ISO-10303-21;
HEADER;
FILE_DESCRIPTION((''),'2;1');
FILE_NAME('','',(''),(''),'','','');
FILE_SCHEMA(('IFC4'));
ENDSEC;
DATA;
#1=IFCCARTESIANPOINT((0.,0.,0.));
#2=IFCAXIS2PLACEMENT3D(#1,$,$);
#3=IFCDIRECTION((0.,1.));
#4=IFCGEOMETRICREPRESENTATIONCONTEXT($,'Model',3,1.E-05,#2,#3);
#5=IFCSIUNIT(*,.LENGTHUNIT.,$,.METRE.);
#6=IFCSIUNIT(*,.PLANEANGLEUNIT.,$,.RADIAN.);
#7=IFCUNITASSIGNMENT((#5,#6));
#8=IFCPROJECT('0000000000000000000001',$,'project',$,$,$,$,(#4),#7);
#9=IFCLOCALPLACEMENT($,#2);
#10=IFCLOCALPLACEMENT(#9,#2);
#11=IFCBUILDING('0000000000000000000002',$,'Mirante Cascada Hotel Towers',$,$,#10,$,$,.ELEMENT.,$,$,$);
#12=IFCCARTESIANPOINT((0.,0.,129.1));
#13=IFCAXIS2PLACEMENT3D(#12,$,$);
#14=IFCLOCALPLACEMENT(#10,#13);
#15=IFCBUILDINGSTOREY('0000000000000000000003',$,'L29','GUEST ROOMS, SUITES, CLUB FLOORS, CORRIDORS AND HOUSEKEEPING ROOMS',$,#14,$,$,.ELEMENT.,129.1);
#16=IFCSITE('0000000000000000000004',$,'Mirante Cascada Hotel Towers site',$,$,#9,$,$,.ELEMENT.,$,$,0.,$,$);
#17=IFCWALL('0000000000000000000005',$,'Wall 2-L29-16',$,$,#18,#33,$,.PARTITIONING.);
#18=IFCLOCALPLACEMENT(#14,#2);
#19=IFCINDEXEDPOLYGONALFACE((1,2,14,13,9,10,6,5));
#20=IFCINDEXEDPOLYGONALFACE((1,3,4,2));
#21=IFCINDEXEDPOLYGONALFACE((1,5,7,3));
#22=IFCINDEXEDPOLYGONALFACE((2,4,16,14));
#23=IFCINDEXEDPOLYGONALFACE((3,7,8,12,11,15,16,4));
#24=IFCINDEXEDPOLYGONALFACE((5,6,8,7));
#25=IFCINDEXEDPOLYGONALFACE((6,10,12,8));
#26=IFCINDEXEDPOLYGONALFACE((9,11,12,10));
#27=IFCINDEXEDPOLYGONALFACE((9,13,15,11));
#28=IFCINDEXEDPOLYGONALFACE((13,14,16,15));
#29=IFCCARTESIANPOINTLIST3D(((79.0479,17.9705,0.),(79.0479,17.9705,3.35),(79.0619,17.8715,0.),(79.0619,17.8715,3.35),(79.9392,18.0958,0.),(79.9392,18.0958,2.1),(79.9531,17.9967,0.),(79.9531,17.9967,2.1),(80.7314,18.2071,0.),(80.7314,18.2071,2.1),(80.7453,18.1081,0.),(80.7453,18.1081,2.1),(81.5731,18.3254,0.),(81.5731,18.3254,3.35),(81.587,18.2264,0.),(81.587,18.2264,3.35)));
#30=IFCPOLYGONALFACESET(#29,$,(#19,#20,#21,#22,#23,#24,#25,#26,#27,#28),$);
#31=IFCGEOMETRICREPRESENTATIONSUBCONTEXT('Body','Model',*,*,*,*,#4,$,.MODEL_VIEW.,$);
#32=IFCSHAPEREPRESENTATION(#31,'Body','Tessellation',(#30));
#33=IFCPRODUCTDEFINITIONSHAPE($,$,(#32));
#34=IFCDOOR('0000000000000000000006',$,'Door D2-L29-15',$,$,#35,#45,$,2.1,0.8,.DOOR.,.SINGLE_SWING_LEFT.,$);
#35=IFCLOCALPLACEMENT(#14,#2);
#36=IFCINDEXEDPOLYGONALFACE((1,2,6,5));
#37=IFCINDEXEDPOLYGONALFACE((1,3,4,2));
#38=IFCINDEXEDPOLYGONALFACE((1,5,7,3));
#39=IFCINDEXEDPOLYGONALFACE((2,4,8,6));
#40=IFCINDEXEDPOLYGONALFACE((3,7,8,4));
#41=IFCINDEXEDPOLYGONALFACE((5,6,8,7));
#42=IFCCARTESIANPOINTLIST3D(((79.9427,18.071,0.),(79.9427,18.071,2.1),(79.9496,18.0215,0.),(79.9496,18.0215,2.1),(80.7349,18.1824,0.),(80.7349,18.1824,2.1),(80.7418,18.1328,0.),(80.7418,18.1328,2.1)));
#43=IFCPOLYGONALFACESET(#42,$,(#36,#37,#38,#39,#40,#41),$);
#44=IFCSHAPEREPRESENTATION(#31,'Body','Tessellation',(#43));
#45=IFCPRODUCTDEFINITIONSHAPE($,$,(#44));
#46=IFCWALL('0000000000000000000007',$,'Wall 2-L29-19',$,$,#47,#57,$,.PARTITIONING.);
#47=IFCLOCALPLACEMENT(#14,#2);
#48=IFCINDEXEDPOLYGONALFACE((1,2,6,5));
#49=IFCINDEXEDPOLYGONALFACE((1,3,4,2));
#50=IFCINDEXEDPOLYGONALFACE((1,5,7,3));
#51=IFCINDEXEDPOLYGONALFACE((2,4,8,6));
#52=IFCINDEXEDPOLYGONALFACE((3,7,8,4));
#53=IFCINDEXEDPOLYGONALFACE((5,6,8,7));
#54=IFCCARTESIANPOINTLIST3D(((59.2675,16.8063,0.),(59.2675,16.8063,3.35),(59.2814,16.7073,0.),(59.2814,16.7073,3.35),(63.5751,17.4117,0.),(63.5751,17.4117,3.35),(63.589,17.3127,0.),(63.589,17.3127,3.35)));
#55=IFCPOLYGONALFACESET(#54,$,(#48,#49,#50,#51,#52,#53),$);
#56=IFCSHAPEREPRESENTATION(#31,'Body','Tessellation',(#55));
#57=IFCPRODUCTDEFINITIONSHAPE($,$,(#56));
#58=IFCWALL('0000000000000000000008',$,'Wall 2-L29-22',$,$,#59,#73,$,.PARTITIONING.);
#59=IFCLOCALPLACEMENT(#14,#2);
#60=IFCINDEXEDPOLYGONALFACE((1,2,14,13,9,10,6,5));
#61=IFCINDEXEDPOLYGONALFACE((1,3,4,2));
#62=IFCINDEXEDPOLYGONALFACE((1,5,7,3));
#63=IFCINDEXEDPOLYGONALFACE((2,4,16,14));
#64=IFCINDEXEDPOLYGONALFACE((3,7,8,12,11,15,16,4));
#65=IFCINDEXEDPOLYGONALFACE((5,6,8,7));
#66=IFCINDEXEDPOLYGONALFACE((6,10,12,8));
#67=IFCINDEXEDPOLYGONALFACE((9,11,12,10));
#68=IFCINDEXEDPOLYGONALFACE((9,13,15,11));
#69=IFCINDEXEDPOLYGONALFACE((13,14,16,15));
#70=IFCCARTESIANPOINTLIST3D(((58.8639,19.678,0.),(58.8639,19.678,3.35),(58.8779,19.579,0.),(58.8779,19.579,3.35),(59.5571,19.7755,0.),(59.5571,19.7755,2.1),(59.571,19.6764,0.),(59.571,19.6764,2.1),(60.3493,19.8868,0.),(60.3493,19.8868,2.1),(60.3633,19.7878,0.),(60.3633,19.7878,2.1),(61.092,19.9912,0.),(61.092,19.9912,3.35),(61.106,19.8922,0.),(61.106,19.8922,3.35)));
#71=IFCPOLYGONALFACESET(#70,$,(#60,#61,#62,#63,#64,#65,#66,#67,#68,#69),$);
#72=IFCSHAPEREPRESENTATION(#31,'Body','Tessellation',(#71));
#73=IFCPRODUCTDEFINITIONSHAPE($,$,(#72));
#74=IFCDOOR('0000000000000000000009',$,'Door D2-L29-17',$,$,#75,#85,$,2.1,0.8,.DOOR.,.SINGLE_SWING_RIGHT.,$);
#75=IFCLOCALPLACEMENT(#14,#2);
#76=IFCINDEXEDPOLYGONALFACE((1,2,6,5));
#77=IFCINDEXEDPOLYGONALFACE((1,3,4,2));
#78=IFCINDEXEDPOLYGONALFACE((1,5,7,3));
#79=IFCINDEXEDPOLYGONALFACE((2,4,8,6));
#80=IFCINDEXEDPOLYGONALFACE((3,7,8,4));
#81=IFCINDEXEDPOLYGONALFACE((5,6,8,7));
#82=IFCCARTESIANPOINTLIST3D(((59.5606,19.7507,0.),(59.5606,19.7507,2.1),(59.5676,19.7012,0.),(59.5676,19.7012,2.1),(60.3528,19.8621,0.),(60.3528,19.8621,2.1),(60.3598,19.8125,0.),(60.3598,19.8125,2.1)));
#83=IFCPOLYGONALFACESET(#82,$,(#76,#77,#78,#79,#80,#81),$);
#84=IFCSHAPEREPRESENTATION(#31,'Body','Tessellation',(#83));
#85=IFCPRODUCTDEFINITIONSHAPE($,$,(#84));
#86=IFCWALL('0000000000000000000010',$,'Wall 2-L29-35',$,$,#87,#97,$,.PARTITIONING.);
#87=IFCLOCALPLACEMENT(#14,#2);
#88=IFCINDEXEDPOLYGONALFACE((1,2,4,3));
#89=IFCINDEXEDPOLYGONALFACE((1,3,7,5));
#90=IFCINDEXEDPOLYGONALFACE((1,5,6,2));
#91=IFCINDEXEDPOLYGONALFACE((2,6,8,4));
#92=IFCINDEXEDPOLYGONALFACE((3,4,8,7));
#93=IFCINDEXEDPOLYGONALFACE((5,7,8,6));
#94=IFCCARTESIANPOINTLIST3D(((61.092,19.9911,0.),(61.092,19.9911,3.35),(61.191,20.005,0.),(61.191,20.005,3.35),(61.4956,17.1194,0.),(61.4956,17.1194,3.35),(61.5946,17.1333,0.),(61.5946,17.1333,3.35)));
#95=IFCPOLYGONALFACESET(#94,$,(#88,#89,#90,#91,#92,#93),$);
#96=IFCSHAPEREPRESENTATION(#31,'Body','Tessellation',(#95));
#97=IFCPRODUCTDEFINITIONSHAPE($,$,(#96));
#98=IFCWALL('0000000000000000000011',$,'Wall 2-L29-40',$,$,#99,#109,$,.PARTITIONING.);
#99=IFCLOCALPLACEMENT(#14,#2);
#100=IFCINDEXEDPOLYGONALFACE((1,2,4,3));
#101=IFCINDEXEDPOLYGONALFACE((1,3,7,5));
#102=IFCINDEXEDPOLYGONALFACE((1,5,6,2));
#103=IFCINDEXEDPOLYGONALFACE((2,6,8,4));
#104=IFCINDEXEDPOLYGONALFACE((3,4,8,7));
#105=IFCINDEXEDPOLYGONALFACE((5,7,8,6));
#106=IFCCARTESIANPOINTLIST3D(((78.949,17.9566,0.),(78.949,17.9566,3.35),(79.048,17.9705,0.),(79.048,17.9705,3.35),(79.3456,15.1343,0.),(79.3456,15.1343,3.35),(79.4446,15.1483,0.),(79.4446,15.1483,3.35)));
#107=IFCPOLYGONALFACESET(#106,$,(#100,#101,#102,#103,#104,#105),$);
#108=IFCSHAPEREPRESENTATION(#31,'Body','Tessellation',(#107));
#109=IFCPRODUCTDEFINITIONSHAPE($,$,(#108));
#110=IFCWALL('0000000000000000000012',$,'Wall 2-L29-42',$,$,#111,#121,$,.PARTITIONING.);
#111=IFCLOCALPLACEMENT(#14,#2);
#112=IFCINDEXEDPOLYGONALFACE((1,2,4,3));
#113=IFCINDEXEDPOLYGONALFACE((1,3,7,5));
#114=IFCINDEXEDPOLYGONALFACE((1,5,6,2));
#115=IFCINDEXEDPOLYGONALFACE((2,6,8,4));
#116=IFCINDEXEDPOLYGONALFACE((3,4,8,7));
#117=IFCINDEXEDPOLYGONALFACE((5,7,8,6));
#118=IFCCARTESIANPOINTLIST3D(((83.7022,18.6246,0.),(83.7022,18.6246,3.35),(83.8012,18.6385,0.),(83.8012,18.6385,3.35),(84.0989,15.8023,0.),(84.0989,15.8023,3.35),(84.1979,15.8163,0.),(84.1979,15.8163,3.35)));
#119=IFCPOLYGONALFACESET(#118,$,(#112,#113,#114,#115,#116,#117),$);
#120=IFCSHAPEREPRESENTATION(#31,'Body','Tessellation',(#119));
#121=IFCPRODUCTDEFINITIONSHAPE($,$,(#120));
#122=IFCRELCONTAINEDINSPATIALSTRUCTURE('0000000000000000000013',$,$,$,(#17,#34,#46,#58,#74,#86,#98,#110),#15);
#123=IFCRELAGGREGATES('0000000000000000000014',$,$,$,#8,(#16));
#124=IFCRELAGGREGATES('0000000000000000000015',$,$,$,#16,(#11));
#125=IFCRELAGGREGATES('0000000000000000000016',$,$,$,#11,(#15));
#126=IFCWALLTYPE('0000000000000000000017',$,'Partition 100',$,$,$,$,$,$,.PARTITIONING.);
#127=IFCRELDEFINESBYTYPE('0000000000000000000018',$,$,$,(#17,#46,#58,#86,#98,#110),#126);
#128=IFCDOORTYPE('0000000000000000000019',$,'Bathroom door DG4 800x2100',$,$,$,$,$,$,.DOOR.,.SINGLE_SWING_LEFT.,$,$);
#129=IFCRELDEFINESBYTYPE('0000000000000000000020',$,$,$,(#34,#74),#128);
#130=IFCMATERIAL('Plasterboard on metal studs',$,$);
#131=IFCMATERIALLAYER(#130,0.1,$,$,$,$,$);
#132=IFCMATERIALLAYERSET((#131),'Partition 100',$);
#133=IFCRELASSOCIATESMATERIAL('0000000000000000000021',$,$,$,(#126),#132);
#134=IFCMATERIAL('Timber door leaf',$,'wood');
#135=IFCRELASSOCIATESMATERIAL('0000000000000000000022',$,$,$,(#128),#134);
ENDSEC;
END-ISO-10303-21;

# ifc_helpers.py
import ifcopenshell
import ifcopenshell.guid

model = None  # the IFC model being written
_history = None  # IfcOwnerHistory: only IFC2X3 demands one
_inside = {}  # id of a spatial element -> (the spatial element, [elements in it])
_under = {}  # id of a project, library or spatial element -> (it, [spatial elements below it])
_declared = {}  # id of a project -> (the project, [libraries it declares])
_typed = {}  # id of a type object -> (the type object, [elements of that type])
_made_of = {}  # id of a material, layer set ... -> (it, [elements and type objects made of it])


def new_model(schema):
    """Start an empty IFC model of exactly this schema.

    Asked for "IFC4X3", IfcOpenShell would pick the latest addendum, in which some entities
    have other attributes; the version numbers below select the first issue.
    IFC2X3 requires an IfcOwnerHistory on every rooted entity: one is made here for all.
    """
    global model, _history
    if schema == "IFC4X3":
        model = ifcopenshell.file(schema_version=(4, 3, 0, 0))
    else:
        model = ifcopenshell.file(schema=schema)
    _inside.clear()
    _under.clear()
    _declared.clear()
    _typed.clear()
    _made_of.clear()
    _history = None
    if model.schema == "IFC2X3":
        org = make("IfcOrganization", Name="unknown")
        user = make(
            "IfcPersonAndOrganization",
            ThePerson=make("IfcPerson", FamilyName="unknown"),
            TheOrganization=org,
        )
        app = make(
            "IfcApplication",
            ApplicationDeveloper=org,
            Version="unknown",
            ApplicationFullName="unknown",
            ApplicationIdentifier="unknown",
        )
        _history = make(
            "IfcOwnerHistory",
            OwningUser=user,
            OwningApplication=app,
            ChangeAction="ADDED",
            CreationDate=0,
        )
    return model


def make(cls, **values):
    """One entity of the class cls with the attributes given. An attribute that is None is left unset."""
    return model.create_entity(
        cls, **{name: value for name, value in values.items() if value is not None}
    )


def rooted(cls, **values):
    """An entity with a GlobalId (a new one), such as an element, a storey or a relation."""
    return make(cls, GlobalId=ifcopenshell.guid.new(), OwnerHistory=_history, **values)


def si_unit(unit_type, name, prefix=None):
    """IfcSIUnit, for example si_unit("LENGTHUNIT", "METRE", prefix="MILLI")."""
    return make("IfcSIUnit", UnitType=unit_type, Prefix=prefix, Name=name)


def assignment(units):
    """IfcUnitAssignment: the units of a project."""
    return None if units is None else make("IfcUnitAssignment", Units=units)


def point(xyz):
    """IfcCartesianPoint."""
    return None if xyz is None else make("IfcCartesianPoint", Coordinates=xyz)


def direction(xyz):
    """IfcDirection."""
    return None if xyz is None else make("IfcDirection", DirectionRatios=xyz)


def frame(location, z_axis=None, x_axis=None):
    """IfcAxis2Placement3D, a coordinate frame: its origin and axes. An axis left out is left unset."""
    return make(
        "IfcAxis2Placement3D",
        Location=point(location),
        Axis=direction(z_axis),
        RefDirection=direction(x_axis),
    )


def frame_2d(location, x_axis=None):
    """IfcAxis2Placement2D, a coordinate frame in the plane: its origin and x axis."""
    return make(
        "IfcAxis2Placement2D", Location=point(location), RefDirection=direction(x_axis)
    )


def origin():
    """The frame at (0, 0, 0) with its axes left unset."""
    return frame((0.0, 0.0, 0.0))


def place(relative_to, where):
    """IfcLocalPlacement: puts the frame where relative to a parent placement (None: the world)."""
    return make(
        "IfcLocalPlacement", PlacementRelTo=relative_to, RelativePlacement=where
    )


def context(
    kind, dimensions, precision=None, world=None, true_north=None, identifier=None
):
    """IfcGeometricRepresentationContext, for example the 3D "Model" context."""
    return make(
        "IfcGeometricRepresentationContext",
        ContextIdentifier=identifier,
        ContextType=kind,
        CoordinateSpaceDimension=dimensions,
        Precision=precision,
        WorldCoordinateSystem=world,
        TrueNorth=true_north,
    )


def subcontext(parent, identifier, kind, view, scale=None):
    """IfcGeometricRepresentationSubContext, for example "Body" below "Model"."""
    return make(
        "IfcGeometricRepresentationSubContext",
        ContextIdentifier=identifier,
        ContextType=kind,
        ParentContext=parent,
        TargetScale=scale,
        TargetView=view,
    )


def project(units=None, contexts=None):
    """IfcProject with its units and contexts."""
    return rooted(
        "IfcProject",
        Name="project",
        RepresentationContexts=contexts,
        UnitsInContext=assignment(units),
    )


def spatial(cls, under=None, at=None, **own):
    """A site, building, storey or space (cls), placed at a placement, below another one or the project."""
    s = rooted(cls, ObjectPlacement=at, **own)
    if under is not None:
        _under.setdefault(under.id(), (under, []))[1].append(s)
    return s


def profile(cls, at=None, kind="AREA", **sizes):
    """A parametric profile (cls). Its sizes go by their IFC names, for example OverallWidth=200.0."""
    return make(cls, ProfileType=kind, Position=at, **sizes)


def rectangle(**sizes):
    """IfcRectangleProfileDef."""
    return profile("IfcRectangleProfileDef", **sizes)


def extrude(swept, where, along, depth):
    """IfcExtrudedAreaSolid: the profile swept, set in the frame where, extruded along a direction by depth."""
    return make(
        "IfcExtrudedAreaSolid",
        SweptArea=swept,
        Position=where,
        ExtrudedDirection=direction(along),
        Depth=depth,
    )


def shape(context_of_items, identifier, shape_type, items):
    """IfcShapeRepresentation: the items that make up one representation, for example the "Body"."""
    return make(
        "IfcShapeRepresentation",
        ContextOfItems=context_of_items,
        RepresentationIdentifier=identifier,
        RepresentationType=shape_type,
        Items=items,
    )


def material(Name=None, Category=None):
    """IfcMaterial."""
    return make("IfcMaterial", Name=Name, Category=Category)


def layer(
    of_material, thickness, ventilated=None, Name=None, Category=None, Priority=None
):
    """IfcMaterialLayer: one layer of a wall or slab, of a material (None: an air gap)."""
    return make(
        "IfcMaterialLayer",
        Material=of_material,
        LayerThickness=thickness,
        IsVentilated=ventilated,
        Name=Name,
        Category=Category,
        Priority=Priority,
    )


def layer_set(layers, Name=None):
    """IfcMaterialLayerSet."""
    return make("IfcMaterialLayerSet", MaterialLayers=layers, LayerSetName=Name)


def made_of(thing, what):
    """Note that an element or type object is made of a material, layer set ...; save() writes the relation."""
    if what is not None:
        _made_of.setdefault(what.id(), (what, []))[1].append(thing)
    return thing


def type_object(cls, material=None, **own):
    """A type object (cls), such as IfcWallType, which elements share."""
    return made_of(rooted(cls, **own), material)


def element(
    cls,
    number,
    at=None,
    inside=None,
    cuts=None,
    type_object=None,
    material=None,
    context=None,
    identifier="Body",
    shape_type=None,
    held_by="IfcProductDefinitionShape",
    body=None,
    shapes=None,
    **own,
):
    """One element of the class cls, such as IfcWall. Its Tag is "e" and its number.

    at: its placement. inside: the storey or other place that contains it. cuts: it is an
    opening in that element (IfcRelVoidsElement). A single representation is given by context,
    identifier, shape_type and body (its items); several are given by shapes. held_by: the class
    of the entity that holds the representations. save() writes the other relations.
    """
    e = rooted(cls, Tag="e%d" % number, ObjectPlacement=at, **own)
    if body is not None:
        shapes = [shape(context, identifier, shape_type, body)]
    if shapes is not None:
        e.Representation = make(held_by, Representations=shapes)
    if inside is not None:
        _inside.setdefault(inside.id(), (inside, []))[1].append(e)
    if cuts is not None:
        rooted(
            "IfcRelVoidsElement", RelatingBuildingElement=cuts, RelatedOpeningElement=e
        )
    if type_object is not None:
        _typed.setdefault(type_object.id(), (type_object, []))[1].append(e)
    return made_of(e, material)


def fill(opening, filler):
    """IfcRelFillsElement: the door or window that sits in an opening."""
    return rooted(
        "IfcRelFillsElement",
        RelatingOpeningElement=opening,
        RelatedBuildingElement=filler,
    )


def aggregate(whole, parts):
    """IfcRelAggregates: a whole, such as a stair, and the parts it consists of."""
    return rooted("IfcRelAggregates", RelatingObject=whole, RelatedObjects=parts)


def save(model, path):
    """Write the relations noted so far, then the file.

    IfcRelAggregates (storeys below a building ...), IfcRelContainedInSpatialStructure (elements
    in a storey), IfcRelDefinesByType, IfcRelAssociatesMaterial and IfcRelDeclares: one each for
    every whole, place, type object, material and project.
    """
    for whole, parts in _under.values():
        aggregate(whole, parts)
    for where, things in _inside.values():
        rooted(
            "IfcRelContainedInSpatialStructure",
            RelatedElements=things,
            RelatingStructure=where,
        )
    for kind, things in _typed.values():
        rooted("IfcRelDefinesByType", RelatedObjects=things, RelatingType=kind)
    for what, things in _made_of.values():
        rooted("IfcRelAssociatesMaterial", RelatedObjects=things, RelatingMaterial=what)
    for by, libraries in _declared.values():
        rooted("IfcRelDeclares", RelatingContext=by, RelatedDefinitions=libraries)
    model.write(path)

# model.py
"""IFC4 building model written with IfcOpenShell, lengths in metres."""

from ifc_helpers import new_model, si_unit, direction, frame, frame_2d, origin, place, context, subcontext, project, spatial, rectangle, extrude, material, layer, layer_set, type_object, element, fill, save


model = new_model("IFC4")

# Units and contexts
model_context = context("Model", 3, precision=1e-05, world=origin(), true_north=direction((0.0, 1.0)))
body_context = subcontext(model_context, "Body", "Model", "MODEL_VIEW")
ifc_project = project(units=[si_unit("LENGTHUNIT", "METRE"), si_unit("PLANEANGLEUNIT", "RADIAN")], contexts=[model_context])

# Site, building, storey
site_placement = place(None, origin())
site = spatial("IfcSite", under=ifc_project, at=site_placement, Name="Mirante Cascada Hotel Towers site", CompositionType="ELEMENT", RefElevation=0.0)
building_placement = place(site_placement, origin())
building = spatial("IfcBuilding", under=site, at=building_placement, Name="Mirante Cascada Hotel Towers", CompositionType="ELEMENT")
storey_placement = place(building_placement, frame((0.0, 0.0, 129.1)))
storey = spatial("IfcBuildingStorey", under=building, at=storey_placement, Name="L29", Description="GUEST ROOMS, SUITES, CLUB FLOORS, CORRIDORS AND HOUSEKEEPING ROOMS", CompositionType="ELEMENT", Elevation=129.1)

# Shared definitions
ifc_material_1 = material(Name="Plasterboard on metal studs")
ifc_layer_1 = layer(ifc_material_1, 0.1)
ifc_layer_set_1 = layer_set([ifc_layer_1], Name="Partition 100")
wall_type_1 = type_object("IfcWallType", Name="Partition 100", PredefinedType="PARTITIONING", material=ifc_layer_set_1)
ifc_material_2 = material(Name="Timber door leaf", Category="wood")
door_type = type_object("IfcDoorType", Name="Bathroom door DG4 800x2100", OperationType="SINGLE_SWING_LEFT", PredefinedType="DOOR", material=ifc_material_2)

# Wall, opening, door
wall_1_placement = place(storey_placement, frame((79.0549, 17.921, 0.0), z_axis=(0.0, 0.0, 1.0), x_axis=(0.990268, 0.139176, 0.0)))
wall_1 = element("IfcWall", 1, at=wall_1_placement, inside=storey, type_object=wall_type_1, Name="Wall 2-L29-16", PredefinedType="PARTITIONING", context=body_context, shape_type="SweptSolid", body=[
    extrude(rectangle(XDim=2.55, YDim=0.1, at=frame_2d((1.275, 0.0))), origin(), (0.0, 0.0, 1.0), 3.35),
])
opening_1_placement = place(wall_1_placement, frame((0.9, 0.0, 0.0)))
opening_1 = element("IfcOpeningElement", 2, at=opening_1_placement, cuts=wall_1, PredefinedType="OPENING", context=body_context, shape_type="SweptSolid", body=[
    extrude(rectangle(XDim=0.8, YDim=2.1, at=frame_2d((0.4, 1.05))), frame((0.0, 0.05, 0.0), z_axis=(0.0, -1.0, 0.0), x_axis=(1.0, 0.0, 0.0)), (0.0, 0.0, 1.0), 0.1),
])
door_1_placement = place(opening_1_placement, origin())
door_1 = element("IfcDoor", 3, at=door_1_placement, inside=storey, type_object=door_type, Name="Door D2-L29-15", OperationType="SINGLE_SWING_LEFT", OverallHeight=2.1, OverallWidth=0.8, PredefinedType="DOOR", context=body_context, shape_type="SweptSolid", body=[
    extrude(rectangle(XDim=0.8, YDim=2.1, at=frame_2d((0.4, 1.05))), frame((0.0, 0.025, 0.0), z_axis=(0.0, -1.0, 0.0), x_axis=(1.0, 0.0, 0.0)), (0.0, 0.0, 1.0), 0.05),
])
fill(opening_1, door_1)

# Wall
wall_2_placement = place(storey_placement, frame((63.5821, 17.3622, 0.0), z_axis=(0.0, 0.0, 1.0), x_axis=(-0.990268, -0.139175, 0.0)))
element("IfcWall", 4, at=wall_2_placement, inside=storey, type_object=wall_type_1, Name="Wall 2-L29-19", PredefinedType="PARTITIONING", context=body_context, shape_type="SweptSolid", body=[
    extrude(rectangle(XDim=4.3499, YDim=0.1, at=frame_2d((2.175, 0.0))), origin(), (0.0, 0.0, 1.0), 3.35),
])

# Wall, opening, door
wall_3_placement = place(storey_placement, frame((58.8709, 19.6285, 0.0), z_axis=(0.0, 0.0, 1.0), x_axis=(0.990264, 0.1392, 0.0)))
wall_3 = element("IfcWall", 5, at=wall_3_placement, inside=storey, type_object=wall_type_1, Name="Wall 2-L29-22", PredefinedType="PARTITIONING", context=body_context, shape_type="SweptSolid", body=[
    extrude(rectangle(XDim=2.25, YDim=0.1, at=frame_2d((1.125, 0.0))), origin(), (0.0, 0.0, 1.0), 3.35),
])
opening_2_placement = place(wall_3_placement, frame((0.7, 0.0, 0.0)))
opening_2 = element("IfcOpeningElement", 6, at=opening_2_placement, cuts=wall_3, PredefinedType="OPENING", context=body_context, shape_type="SweptSolid", body=[
    extrude(rectangle(XDim=0.8, YDim=2.1, at=frame_2d((0.4, 1.05))), frame((0.0, 0.05, 0.0), z_axis=(0.0, -1.0, 0.0), x_axis=(1.0, 0.0, 0.0)), (0.0, 0.0, 1.0), 0.1),
])
door_2_placement = place(opening_2_placement, frame((0.8, 0.0, 0.0), z_axis=(0.0, 0.0, 1.0), x_axis=(-1.0, 0.0, 0.0)))
door_2 = element("IfcDoor", 7, at=door_2_placement, inside=storey, type_object=door_type, Name="Door D2-L29-17", OperationType="SINGLE_SWING_RIGHT", OverallHeight=2.1, OverallWidth=0.8, PredefinedType="DOOR", context=body_context, shape_type="SweptSolid", body=[
    extrude(rectangle(XDim=0.8, YDim=2.1, at=frame_2d((0.4, 1.05))), frame((0.0, 0.025, 0.0), z_axis=(0.0, -1.0, 0.0), x_axis=(1.0, 0.0, 0.0)), (0.0, 0.0, 1.0), 0.05),
])
fill(opening_2, door_2)

# Walls
wall_4_placement = place(storey_placement, frame((61.1415, 19.9981, 0.0), z_axis=(0.0, 0.0, 1.0), x_axis=(0.139176, -0.990268, 0.0)))
element("IfcWall", 8, at=wall_4_placement, inside=storey, type_object=wall_type_1, Name="Wall 2-L29-35", PredefinedType="PARTITIONING", context=body_context, shape_type="SweptSolid", body=[
    extrude(rectangle(XDim=2.8999, YDim=0.1, at=frame_2d((1.45, 0.0))), origin(), (0.0, 0.0, 1.0), 3.35),
])
for number, where, z_axis, x_axis, name in (
    (9, (79.3951, 15.1413, 0.0), (0.0, 0.0, 1.0), (-0.139156, 0.99027, 0.0), "Wall 2-L29-40"),
    (10, (84.1484, 15.8093, 0.0), (0.0, 0.0, 1.0), (-0.139191, 0.990266, 0.0), "Wall 2-L29-42"),
):
    element("IfcWall", number, at=place(storey_placement, frame(where, z_axis=z_axis, x_axis=x_axis)), inside=storey, type_object=wall_type_1, Name=name, PredefinedType="PARTITIONING", context=body_context, shape_type="SweptSolid", body=[
        extrude(rectangle(XDim=2.85, YDim=0.1, at=frame_2d((1.425, 0.0))), origin(), (0.0, 0.0, 1.0), 3.35),
    ])

save(model, "model.ifc")
